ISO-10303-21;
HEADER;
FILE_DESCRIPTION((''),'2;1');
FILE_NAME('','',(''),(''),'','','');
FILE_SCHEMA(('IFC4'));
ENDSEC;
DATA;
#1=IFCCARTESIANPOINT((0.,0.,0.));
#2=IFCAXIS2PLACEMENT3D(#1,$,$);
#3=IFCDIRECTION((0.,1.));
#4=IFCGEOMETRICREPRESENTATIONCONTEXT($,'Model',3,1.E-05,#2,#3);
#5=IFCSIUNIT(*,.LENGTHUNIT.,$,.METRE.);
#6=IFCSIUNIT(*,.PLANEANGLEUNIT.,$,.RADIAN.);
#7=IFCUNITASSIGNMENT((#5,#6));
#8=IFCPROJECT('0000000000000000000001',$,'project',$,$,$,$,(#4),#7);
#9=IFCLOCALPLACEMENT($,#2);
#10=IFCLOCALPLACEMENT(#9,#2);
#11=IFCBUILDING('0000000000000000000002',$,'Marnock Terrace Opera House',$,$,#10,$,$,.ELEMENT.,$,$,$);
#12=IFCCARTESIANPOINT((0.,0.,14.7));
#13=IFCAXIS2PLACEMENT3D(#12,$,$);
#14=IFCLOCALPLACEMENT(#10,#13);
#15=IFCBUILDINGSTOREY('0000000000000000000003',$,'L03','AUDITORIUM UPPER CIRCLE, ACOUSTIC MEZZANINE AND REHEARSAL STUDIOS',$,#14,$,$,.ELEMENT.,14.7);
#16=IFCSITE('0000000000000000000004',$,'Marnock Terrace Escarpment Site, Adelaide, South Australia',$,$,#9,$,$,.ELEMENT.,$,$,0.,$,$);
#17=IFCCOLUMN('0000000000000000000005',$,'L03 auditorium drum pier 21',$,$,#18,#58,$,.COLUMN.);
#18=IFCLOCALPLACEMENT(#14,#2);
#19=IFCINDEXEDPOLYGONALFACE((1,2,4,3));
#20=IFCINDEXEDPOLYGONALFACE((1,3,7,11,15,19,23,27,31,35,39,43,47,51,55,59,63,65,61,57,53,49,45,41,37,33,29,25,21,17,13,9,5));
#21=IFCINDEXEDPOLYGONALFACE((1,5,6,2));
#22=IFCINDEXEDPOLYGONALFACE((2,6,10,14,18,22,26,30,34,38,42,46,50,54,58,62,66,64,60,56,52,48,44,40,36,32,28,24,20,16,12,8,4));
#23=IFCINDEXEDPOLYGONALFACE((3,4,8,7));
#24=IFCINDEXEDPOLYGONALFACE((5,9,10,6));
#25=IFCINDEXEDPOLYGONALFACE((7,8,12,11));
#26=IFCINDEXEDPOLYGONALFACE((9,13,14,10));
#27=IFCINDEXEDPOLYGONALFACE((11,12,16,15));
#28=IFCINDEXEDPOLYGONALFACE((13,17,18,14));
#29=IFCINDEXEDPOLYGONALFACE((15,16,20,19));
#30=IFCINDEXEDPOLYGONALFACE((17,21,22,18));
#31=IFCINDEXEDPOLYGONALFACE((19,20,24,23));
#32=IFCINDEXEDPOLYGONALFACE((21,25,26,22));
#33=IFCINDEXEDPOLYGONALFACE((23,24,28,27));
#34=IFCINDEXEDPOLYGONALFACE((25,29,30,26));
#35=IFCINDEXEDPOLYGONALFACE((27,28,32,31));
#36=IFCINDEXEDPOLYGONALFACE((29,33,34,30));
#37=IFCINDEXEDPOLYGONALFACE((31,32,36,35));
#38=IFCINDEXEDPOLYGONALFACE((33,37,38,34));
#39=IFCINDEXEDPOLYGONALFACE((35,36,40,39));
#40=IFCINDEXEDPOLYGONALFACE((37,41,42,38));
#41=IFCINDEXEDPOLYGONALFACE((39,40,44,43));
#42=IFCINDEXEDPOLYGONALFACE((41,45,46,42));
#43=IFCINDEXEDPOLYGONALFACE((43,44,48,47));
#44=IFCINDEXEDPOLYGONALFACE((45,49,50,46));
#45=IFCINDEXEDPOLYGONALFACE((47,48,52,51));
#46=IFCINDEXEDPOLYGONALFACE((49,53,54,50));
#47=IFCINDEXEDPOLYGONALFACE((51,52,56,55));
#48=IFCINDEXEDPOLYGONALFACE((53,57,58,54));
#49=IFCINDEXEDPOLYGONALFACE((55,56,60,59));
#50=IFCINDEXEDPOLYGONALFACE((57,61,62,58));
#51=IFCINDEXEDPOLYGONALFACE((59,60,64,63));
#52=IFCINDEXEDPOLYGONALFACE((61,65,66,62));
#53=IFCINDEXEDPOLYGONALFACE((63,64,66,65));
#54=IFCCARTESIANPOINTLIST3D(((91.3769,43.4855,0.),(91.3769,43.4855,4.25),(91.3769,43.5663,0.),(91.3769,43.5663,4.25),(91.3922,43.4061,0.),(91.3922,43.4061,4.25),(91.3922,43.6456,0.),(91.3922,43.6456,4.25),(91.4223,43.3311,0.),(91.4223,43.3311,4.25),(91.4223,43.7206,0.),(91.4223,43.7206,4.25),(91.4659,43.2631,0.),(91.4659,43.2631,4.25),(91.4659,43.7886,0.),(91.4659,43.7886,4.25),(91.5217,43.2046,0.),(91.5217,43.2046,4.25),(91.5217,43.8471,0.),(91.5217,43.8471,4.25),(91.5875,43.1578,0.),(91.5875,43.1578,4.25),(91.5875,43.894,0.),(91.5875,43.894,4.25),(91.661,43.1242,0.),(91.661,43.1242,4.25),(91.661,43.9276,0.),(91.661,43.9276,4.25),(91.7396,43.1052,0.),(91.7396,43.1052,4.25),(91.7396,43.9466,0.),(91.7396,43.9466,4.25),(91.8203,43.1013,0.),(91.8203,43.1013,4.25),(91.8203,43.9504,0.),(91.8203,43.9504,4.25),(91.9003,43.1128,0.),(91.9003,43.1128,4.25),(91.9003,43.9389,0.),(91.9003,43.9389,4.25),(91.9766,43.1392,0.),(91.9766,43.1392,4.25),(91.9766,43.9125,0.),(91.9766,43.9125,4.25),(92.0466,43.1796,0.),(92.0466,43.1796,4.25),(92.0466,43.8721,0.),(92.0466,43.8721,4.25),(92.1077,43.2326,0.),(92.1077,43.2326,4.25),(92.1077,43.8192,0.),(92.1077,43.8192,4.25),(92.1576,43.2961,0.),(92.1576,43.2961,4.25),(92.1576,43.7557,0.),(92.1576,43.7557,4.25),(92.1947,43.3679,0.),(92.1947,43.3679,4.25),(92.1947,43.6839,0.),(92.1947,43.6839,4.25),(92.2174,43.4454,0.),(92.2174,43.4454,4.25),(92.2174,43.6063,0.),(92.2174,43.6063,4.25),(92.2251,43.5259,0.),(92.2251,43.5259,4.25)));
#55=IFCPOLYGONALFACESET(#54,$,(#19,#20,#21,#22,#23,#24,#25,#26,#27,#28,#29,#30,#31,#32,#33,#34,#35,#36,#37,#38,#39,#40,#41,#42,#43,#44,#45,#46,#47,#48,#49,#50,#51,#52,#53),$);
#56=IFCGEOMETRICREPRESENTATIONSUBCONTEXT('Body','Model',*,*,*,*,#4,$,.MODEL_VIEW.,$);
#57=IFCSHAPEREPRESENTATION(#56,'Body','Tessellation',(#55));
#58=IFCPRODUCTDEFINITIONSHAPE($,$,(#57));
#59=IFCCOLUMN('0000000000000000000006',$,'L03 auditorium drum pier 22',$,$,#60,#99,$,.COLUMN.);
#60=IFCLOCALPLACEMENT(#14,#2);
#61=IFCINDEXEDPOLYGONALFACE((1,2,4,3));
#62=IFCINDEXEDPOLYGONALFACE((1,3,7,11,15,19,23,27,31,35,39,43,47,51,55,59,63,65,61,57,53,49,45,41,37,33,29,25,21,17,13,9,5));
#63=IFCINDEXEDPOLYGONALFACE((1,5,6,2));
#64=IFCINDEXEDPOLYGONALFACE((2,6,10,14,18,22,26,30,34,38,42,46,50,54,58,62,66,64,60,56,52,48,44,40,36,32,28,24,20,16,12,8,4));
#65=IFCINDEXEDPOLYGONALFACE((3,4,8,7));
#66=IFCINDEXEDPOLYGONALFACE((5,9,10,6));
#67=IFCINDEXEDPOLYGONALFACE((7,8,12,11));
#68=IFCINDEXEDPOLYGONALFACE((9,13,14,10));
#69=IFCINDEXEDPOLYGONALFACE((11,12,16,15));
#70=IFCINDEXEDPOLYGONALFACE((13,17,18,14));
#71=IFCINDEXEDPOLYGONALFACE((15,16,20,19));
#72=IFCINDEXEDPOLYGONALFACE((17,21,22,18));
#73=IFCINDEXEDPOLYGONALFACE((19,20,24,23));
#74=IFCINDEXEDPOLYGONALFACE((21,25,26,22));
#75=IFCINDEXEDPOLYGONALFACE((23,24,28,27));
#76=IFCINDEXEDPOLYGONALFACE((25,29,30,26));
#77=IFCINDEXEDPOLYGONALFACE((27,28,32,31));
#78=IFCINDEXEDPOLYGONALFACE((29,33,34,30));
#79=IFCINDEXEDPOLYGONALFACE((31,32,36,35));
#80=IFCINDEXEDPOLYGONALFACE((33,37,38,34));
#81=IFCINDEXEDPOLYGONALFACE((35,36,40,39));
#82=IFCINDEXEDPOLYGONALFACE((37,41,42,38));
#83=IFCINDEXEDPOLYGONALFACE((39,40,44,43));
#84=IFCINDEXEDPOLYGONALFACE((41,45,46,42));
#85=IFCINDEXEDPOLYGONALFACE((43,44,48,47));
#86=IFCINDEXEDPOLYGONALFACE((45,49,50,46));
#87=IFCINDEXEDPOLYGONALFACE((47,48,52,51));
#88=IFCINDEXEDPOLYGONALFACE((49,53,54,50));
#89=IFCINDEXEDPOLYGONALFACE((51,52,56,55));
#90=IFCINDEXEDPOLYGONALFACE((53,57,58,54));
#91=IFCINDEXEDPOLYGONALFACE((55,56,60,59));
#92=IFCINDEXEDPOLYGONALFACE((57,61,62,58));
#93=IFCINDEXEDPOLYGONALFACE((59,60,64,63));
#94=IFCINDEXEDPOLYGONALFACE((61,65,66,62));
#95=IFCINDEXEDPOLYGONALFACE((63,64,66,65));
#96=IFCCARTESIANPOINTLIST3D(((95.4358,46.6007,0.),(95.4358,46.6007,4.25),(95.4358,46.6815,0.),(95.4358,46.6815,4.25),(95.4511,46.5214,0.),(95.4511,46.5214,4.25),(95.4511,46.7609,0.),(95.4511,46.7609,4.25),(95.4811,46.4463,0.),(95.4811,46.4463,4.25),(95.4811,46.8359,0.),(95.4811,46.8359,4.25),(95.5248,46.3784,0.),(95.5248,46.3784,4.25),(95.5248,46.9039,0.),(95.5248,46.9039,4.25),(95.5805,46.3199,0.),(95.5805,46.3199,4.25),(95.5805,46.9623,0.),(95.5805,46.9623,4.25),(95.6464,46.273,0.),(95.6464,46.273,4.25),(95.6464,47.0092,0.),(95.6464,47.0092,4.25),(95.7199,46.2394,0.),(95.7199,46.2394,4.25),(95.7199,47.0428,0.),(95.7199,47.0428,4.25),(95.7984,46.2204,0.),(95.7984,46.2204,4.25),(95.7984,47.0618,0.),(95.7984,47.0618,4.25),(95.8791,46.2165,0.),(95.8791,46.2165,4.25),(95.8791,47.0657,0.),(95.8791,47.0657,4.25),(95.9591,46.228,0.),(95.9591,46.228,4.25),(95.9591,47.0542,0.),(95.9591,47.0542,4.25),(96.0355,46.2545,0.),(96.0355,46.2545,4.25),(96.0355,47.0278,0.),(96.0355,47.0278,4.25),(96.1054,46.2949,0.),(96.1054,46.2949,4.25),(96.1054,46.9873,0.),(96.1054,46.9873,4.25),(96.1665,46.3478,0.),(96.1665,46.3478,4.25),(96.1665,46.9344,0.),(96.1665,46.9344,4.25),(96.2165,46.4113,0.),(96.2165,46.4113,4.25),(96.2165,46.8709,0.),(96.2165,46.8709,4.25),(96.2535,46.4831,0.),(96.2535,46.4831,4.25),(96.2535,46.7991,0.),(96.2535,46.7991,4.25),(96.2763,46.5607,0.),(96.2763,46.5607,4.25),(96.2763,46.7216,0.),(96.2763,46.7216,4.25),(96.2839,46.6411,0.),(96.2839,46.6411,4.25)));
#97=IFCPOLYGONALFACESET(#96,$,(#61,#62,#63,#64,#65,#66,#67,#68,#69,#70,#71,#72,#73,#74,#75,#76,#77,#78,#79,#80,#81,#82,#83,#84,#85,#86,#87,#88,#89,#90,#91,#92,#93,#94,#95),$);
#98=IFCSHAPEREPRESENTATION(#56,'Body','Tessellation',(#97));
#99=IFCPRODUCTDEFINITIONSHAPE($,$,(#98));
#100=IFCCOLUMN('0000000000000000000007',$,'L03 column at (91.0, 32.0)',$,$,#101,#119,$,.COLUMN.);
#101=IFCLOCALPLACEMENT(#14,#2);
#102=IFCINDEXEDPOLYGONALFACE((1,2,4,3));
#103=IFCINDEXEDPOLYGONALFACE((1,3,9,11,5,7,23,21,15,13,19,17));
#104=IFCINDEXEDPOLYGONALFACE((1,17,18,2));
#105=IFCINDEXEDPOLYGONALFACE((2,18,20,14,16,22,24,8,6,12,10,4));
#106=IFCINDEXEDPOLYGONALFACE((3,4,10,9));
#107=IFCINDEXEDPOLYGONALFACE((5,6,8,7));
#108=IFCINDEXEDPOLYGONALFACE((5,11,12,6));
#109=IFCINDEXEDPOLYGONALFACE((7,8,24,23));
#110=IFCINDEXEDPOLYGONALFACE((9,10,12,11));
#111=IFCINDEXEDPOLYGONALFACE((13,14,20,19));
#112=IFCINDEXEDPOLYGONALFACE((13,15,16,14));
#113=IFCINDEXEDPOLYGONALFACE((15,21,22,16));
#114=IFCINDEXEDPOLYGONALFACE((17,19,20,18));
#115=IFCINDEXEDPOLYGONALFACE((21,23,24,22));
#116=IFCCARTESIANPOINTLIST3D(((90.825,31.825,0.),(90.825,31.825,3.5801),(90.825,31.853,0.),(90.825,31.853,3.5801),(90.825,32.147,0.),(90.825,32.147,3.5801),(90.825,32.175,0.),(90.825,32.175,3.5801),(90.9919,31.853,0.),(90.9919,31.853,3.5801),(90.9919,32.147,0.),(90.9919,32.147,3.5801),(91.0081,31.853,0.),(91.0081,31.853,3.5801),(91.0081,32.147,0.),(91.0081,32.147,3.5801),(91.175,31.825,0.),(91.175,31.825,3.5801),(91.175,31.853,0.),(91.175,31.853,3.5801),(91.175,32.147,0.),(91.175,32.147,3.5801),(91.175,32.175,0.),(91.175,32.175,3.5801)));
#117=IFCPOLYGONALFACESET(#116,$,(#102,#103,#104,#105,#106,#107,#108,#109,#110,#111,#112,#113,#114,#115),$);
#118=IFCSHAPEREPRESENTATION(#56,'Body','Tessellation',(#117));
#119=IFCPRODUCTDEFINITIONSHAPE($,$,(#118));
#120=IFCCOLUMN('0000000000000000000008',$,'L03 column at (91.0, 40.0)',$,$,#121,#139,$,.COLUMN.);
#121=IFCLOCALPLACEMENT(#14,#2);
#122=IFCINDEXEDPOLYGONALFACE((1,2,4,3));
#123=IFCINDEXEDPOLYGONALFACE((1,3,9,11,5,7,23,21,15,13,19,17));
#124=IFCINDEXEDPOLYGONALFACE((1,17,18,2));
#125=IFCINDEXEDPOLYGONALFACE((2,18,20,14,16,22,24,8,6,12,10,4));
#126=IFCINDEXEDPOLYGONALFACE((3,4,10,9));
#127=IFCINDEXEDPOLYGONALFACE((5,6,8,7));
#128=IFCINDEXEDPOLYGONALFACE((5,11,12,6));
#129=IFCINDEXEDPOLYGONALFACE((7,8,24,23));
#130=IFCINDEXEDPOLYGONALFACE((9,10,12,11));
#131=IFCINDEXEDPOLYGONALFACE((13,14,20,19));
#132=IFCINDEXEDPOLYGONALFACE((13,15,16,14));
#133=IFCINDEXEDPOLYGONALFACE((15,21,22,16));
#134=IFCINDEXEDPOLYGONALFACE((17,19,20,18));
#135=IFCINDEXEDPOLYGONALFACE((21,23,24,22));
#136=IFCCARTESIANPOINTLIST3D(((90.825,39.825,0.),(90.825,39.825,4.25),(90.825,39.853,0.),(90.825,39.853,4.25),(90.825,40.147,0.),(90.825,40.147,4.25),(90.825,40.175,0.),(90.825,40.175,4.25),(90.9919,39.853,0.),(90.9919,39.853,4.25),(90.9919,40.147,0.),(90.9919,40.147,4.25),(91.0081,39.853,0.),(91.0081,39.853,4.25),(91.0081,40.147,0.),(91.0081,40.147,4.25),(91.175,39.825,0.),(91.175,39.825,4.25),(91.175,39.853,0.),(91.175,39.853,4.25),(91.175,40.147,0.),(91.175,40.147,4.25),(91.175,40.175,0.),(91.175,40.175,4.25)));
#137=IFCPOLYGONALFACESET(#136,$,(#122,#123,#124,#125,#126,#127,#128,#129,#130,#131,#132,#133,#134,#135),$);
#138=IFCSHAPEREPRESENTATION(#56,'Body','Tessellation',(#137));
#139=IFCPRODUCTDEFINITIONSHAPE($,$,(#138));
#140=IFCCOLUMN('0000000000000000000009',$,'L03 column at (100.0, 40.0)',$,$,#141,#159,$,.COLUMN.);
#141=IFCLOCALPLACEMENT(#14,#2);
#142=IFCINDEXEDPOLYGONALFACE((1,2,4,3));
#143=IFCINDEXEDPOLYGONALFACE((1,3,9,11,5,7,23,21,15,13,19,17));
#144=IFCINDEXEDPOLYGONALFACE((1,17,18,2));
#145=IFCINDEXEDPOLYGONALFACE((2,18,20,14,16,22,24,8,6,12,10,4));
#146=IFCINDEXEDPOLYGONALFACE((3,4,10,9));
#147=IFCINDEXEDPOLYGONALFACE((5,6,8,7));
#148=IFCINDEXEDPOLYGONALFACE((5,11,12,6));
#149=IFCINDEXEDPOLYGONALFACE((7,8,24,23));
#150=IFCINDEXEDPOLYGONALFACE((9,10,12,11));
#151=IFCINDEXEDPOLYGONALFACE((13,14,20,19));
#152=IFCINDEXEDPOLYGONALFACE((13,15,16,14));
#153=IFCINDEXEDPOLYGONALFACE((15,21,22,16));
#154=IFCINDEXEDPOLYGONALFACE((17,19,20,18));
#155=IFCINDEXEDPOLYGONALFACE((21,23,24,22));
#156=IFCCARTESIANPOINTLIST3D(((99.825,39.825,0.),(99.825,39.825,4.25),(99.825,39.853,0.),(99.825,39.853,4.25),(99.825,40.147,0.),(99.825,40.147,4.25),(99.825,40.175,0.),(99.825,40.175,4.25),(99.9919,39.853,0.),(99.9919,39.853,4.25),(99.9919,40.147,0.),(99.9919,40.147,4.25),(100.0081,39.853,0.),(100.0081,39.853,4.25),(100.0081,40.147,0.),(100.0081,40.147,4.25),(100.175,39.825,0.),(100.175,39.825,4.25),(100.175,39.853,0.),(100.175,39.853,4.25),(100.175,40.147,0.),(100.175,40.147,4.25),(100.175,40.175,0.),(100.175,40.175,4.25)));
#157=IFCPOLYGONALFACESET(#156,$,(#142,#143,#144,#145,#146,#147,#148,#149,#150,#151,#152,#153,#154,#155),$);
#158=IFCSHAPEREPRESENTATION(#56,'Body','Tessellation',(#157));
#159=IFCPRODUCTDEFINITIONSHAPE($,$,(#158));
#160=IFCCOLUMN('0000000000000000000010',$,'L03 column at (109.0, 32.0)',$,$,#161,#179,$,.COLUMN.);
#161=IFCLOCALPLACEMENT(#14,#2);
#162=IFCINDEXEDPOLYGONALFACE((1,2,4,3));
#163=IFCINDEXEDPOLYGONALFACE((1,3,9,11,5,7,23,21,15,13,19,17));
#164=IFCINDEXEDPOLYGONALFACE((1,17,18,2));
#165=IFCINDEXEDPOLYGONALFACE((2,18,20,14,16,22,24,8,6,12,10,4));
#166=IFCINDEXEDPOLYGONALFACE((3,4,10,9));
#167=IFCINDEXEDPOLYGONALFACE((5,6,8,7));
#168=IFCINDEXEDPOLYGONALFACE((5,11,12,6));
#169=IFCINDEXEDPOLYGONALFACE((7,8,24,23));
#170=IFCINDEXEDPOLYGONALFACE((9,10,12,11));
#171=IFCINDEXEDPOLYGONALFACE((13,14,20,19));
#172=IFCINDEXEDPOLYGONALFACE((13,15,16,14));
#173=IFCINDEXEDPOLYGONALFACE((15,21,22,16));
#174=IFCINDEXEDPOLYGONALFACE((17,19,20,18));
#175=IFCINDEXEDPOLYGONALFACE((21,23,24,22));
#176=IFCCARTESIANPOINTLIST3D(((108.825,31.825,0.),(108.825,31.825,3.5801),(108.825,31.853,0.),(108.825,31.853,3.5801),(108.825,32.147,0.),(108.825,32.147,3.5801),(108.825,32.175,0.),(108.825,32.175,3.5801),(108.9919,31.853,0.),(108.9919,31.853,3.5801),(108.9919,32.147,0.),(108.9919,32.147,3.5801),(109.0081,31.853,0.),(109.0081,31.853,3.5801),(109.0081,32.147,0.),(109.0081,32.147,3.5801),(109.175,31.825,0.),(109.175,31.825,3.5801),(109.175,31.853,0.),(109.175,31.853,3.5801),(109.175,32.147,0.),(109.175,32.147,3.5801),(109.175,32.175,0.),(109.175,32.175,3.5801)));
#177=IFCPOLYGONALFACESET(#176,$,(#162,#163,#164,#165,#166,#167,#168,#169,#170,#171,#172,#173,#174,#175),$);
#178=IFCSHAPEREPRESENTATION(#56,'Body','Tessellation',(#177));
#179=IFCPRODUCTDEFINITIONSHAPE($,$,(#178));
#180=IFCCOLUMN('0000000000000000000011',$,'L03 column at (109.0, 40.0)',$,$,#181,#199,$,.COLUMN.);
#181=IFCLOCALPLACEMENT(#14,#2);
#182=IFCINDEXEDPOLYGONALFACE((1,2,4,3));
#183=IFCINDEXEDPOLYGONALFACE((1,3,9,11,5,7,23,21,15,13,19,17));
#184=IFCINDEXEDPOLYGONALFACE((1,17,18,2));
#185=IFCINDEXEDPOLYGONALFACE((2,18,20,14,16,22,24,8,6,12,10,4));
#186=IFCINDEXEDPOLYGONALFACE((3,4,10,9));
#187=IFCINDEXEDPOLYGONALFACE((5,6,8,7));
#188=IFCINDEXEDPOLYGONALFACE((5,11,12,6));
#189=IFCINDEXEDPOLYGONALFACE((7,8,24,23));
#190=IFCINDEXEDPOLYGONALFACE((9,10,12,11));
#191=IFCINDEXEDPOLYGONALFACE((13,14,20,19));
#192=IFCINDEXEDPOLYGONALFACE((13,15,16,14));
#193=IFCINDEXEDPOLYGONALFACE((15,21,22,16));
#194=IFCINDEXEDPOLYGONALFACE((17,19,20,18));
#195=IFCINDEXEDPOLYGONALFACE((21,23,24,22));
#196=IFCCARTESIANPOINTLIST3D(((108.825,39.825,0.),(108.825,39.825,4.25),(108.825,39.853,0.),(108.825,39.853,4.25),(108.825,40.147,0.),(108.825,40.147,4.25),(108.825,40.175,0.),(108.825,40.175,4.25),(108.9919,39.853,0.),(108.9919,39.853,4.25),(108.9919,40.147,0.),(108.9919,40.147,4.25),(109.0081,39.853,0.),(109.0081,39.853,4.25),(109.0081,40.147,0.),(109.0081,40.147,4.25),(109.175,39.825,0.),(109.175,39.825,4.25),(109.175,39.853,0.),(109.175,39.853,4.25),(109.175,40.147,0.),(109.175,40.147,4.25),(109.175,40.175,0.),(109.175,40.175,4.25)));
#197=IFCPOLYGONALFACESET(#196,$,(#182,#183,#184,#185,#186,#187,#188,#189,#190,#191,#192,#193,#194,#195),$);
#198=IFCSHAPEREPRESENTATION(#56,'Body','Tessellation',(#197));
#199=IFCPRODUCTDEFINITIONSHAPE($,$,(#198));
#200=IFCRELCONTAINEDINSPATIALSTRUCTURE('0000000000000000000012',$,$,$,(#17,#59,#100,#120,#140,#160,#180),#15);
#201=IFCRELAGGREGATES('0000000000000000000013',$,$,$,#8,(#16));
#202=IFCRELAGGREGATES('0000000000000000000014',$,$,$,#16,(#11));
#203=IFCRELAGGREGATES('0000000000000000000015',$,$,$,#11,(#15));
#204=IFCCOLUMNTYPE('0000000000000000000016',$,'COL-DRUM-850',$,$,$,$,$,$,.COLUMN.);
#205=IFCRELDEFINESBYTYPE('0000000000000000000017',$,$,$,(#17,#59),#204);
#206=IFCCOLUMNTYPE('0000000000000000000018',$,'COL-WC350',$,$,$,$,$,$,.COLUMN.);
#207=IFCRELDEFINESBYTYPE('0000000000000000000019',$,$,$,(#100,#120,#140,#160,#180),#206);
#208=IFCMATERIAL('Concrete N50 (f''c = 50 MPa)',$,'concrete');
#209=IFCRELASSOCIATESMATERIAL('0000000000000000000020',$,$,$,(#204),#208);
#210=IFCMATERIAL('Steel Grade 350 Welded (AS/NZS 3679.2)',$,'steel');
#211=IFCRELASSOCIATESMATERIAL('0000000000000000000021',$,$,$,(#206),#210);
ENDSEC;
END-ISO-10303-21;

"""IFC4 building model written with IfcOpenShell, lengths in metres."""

from ifc_helpers import new_model, si_unit, direction, frame, origin, origin_2d, place, context, subcontext, project, spatial, circle, i_section, extrude, material, material_profile, profile_set, type_object, element, save


model = new_model("IFC4")

# Units and contexts
model_context = context("Model", 3, precision=1e-05, world=origin(), true_north=direction((0.0, 1.0)))
body_context = subcontext(model_context, "Body", "Model", "MODEL_VIEW")
ifc_project = project(units=[si_unit("LENGTHUNIT", "METRE"), si_unit("PLANEANGLEUNIT", "RADIAN")], contexts=[model_context])

# Site, building, storey
site_placement = place(None, origin())
site = spatial("IfcSite", under=ifc_project, at=site_placement, Name="Marnock Terrace Escarpment Site, Adelaide, South Australia", CompositionType="ELEMENT", RefElevation=0.0)
building_placement = place(site_placement, origin())
building = spatial("IfcBuilding", under=site, at=building_placement, Name="Marnock Terrace Opera House", CompositionType="ELEMENT")
storey_placement = place(building_placement, frame((0.0, 0.0, 14.7)))
storey = spatial("IfcBuildingStorey", under=building, at=storey_placement, Name="L03", Description="AUDITORIUM UPPER CIRCLE, ACOUSTIC MEZZANINE AND REHEARSAL STUDIOS", CompositionType="ELEMENT", Elevation=14.7)

# Columns
ifc_material_1 = material(Name="Concrete N50 (f'c = 50 MPa)", Category="concrete")
ifc_material_profile_1 = material_profile(ifc_material_1, circle(Radius=0.425, at=origin_2d()))
ifc_profile_set_1 = profile_set([ifc_material_profile_1], Name="Concrete N50 (f'c = 50 MPa)")
column_type_1 = type_object("IfcColumnType", Name="COL-DRUM-850", PredefinedType="COLUMN", material=ifc_profile_set_1)
for number, where, z_axis, x_axis, name in (
    (1, (91.8, 43.5259, 0.0), (0.0, 0.0, 1.0), (1.0, 0.0, 0.0), "L03 auditorium drum pier 21"),
    (2, (95.8589, 46.6411, 0.0), (0.0, 0.0, 1.0), (1.0, 0.0, 0.0), "L03 auditorium drum pier 22"),
):
    element("IfcColumn", number, at=place(storey_placement, frame(where, z_axis=z_axis, x_axis=x_axis)), inside=storey, type_object=column_type_1, Name=name, PredefinedType="COLUMN", context=body_context, shape_type="SweptSolid", body=[
        extrude(circle(Radius=0.425, at=origin_2d()), origin(), (0.0, 0.0, 1.0), 4.25),
    ])
ifc_material_2 = material(Name="Steel Grade 350 Welded (AS/NZS 3679.2)", Category="steel")
ifc_material_profile_2 = material_profile(ifc_material_2, i_section(OverallWidth=0.3501, OverallDepth=0.3501, WebThickness=0.0161, FlangeThickness=0.0281, at=origin_2d()))
ifc_profile_set_2 = profile_set([ifc_material_profile_2], Name="Steel Grade 350 Welded (AS/NZS 3679.2)")
column_type_2 = type_object("IfcColumnType", Name="COL-WC350", PredefinedType="COLUMN", material=ifc_profile_set_2)
column_1_placement = place(storey_placement, frame((91.0, 32.0, 0.0), z_axis=(0.0, 0.0, 1.0), x_axis=(1.0, 0.0, 0.0)))
element("IfcColumn", 3, at=column_1_placement, inside=storey, type_object=column_type_2, Name="L03 column at (91.0, 32.0)", PredefinedType="COLUMN", context=body_context, shape_type="SweptSolid", body=[
    extrude(i_section(OverallWidth=0.3501, OverallDepth=0.3501, WebThickness=0.0161, FlangeThickness=0.0281, at=origin_2d()), origin(), (0.0, 0.0, 1.0), 3.5801),
])
for number, where, z_axis, x_axis, name in (
    (4, (91.0, 40.0, 0.0), (0.0, 0.0, 1.0), (1.0, 0.0, 0.0), "L03 column at (91.0, 40.0)"),
    (5, (100.0, 40.0, 0.0), (0.0, 0.0, 1.0), (1.0, 0.0, 0.0), "L03 column at (100.0, 40.0)"),
):
    element("IfcColumn", number, at=place(storey_placement, frame(where, z_axis=z_axis, x_axis=x_axis)), inside=storey, type_object=column_type_2, Name=name, PredefinedType="COLUMN", context=body_context, shape_type="SweptSolid", body=[
        extrude(i_section(OverallWidth=0.3501, OverallDepth=0.3501, WebThickness=0.0161, FlangeThickness=0.0281, at=origin_2d()), origin(), (0.0, 0.0, 1.0), 4.25),
    ])
column_2_placement = place(storey_placement, frame((109.0, 32.0, 0.0), z_axis=(0.0, 0.0, 1.0), x_axis=(1.0, 0.0, 0.0)))
element("IfcColumn", 6, at=column_2_placement, inside=storey, type_object=column_type_2, Name="L03 column at (109.0, 32.0)", PredefinedType="COLUMN", context=body_context, shape_type="SweptSolid", body=[
    extrude(i_section(OverallWidth=0.3501, OverallDepth=0.3501, WebThickness=0.0161, FlangeThickness=0.0281, at=origin_2d()), origin(), (0.0, 0.0, 1.0), 3.5801),
])
column_3_placement = place(storey_placement, frame((109.0, 40.0, 0.0), z_axis=(0.0, 0.0, 1.0), x_axis=(1.0, 0.0, 0.0)))
element("IfcColumn", 7, at=column_3_placement, inside=storey, type_object=column_type_2, Name="L03 column at (109.0, 40.0)", PredefinedType="COLUMN", context=body_context, shape_type="SweptSolid", body=[
    extrude(i_section(OverallWidth=0.3501, OverallDepth=0.3501, WebThickness=0.0161, FlangeThickness=0.0281, at=origin_2d()), origin(), (0.0, 0.0, 1.0), 4.25),
])

save(model, "model.ifc")
